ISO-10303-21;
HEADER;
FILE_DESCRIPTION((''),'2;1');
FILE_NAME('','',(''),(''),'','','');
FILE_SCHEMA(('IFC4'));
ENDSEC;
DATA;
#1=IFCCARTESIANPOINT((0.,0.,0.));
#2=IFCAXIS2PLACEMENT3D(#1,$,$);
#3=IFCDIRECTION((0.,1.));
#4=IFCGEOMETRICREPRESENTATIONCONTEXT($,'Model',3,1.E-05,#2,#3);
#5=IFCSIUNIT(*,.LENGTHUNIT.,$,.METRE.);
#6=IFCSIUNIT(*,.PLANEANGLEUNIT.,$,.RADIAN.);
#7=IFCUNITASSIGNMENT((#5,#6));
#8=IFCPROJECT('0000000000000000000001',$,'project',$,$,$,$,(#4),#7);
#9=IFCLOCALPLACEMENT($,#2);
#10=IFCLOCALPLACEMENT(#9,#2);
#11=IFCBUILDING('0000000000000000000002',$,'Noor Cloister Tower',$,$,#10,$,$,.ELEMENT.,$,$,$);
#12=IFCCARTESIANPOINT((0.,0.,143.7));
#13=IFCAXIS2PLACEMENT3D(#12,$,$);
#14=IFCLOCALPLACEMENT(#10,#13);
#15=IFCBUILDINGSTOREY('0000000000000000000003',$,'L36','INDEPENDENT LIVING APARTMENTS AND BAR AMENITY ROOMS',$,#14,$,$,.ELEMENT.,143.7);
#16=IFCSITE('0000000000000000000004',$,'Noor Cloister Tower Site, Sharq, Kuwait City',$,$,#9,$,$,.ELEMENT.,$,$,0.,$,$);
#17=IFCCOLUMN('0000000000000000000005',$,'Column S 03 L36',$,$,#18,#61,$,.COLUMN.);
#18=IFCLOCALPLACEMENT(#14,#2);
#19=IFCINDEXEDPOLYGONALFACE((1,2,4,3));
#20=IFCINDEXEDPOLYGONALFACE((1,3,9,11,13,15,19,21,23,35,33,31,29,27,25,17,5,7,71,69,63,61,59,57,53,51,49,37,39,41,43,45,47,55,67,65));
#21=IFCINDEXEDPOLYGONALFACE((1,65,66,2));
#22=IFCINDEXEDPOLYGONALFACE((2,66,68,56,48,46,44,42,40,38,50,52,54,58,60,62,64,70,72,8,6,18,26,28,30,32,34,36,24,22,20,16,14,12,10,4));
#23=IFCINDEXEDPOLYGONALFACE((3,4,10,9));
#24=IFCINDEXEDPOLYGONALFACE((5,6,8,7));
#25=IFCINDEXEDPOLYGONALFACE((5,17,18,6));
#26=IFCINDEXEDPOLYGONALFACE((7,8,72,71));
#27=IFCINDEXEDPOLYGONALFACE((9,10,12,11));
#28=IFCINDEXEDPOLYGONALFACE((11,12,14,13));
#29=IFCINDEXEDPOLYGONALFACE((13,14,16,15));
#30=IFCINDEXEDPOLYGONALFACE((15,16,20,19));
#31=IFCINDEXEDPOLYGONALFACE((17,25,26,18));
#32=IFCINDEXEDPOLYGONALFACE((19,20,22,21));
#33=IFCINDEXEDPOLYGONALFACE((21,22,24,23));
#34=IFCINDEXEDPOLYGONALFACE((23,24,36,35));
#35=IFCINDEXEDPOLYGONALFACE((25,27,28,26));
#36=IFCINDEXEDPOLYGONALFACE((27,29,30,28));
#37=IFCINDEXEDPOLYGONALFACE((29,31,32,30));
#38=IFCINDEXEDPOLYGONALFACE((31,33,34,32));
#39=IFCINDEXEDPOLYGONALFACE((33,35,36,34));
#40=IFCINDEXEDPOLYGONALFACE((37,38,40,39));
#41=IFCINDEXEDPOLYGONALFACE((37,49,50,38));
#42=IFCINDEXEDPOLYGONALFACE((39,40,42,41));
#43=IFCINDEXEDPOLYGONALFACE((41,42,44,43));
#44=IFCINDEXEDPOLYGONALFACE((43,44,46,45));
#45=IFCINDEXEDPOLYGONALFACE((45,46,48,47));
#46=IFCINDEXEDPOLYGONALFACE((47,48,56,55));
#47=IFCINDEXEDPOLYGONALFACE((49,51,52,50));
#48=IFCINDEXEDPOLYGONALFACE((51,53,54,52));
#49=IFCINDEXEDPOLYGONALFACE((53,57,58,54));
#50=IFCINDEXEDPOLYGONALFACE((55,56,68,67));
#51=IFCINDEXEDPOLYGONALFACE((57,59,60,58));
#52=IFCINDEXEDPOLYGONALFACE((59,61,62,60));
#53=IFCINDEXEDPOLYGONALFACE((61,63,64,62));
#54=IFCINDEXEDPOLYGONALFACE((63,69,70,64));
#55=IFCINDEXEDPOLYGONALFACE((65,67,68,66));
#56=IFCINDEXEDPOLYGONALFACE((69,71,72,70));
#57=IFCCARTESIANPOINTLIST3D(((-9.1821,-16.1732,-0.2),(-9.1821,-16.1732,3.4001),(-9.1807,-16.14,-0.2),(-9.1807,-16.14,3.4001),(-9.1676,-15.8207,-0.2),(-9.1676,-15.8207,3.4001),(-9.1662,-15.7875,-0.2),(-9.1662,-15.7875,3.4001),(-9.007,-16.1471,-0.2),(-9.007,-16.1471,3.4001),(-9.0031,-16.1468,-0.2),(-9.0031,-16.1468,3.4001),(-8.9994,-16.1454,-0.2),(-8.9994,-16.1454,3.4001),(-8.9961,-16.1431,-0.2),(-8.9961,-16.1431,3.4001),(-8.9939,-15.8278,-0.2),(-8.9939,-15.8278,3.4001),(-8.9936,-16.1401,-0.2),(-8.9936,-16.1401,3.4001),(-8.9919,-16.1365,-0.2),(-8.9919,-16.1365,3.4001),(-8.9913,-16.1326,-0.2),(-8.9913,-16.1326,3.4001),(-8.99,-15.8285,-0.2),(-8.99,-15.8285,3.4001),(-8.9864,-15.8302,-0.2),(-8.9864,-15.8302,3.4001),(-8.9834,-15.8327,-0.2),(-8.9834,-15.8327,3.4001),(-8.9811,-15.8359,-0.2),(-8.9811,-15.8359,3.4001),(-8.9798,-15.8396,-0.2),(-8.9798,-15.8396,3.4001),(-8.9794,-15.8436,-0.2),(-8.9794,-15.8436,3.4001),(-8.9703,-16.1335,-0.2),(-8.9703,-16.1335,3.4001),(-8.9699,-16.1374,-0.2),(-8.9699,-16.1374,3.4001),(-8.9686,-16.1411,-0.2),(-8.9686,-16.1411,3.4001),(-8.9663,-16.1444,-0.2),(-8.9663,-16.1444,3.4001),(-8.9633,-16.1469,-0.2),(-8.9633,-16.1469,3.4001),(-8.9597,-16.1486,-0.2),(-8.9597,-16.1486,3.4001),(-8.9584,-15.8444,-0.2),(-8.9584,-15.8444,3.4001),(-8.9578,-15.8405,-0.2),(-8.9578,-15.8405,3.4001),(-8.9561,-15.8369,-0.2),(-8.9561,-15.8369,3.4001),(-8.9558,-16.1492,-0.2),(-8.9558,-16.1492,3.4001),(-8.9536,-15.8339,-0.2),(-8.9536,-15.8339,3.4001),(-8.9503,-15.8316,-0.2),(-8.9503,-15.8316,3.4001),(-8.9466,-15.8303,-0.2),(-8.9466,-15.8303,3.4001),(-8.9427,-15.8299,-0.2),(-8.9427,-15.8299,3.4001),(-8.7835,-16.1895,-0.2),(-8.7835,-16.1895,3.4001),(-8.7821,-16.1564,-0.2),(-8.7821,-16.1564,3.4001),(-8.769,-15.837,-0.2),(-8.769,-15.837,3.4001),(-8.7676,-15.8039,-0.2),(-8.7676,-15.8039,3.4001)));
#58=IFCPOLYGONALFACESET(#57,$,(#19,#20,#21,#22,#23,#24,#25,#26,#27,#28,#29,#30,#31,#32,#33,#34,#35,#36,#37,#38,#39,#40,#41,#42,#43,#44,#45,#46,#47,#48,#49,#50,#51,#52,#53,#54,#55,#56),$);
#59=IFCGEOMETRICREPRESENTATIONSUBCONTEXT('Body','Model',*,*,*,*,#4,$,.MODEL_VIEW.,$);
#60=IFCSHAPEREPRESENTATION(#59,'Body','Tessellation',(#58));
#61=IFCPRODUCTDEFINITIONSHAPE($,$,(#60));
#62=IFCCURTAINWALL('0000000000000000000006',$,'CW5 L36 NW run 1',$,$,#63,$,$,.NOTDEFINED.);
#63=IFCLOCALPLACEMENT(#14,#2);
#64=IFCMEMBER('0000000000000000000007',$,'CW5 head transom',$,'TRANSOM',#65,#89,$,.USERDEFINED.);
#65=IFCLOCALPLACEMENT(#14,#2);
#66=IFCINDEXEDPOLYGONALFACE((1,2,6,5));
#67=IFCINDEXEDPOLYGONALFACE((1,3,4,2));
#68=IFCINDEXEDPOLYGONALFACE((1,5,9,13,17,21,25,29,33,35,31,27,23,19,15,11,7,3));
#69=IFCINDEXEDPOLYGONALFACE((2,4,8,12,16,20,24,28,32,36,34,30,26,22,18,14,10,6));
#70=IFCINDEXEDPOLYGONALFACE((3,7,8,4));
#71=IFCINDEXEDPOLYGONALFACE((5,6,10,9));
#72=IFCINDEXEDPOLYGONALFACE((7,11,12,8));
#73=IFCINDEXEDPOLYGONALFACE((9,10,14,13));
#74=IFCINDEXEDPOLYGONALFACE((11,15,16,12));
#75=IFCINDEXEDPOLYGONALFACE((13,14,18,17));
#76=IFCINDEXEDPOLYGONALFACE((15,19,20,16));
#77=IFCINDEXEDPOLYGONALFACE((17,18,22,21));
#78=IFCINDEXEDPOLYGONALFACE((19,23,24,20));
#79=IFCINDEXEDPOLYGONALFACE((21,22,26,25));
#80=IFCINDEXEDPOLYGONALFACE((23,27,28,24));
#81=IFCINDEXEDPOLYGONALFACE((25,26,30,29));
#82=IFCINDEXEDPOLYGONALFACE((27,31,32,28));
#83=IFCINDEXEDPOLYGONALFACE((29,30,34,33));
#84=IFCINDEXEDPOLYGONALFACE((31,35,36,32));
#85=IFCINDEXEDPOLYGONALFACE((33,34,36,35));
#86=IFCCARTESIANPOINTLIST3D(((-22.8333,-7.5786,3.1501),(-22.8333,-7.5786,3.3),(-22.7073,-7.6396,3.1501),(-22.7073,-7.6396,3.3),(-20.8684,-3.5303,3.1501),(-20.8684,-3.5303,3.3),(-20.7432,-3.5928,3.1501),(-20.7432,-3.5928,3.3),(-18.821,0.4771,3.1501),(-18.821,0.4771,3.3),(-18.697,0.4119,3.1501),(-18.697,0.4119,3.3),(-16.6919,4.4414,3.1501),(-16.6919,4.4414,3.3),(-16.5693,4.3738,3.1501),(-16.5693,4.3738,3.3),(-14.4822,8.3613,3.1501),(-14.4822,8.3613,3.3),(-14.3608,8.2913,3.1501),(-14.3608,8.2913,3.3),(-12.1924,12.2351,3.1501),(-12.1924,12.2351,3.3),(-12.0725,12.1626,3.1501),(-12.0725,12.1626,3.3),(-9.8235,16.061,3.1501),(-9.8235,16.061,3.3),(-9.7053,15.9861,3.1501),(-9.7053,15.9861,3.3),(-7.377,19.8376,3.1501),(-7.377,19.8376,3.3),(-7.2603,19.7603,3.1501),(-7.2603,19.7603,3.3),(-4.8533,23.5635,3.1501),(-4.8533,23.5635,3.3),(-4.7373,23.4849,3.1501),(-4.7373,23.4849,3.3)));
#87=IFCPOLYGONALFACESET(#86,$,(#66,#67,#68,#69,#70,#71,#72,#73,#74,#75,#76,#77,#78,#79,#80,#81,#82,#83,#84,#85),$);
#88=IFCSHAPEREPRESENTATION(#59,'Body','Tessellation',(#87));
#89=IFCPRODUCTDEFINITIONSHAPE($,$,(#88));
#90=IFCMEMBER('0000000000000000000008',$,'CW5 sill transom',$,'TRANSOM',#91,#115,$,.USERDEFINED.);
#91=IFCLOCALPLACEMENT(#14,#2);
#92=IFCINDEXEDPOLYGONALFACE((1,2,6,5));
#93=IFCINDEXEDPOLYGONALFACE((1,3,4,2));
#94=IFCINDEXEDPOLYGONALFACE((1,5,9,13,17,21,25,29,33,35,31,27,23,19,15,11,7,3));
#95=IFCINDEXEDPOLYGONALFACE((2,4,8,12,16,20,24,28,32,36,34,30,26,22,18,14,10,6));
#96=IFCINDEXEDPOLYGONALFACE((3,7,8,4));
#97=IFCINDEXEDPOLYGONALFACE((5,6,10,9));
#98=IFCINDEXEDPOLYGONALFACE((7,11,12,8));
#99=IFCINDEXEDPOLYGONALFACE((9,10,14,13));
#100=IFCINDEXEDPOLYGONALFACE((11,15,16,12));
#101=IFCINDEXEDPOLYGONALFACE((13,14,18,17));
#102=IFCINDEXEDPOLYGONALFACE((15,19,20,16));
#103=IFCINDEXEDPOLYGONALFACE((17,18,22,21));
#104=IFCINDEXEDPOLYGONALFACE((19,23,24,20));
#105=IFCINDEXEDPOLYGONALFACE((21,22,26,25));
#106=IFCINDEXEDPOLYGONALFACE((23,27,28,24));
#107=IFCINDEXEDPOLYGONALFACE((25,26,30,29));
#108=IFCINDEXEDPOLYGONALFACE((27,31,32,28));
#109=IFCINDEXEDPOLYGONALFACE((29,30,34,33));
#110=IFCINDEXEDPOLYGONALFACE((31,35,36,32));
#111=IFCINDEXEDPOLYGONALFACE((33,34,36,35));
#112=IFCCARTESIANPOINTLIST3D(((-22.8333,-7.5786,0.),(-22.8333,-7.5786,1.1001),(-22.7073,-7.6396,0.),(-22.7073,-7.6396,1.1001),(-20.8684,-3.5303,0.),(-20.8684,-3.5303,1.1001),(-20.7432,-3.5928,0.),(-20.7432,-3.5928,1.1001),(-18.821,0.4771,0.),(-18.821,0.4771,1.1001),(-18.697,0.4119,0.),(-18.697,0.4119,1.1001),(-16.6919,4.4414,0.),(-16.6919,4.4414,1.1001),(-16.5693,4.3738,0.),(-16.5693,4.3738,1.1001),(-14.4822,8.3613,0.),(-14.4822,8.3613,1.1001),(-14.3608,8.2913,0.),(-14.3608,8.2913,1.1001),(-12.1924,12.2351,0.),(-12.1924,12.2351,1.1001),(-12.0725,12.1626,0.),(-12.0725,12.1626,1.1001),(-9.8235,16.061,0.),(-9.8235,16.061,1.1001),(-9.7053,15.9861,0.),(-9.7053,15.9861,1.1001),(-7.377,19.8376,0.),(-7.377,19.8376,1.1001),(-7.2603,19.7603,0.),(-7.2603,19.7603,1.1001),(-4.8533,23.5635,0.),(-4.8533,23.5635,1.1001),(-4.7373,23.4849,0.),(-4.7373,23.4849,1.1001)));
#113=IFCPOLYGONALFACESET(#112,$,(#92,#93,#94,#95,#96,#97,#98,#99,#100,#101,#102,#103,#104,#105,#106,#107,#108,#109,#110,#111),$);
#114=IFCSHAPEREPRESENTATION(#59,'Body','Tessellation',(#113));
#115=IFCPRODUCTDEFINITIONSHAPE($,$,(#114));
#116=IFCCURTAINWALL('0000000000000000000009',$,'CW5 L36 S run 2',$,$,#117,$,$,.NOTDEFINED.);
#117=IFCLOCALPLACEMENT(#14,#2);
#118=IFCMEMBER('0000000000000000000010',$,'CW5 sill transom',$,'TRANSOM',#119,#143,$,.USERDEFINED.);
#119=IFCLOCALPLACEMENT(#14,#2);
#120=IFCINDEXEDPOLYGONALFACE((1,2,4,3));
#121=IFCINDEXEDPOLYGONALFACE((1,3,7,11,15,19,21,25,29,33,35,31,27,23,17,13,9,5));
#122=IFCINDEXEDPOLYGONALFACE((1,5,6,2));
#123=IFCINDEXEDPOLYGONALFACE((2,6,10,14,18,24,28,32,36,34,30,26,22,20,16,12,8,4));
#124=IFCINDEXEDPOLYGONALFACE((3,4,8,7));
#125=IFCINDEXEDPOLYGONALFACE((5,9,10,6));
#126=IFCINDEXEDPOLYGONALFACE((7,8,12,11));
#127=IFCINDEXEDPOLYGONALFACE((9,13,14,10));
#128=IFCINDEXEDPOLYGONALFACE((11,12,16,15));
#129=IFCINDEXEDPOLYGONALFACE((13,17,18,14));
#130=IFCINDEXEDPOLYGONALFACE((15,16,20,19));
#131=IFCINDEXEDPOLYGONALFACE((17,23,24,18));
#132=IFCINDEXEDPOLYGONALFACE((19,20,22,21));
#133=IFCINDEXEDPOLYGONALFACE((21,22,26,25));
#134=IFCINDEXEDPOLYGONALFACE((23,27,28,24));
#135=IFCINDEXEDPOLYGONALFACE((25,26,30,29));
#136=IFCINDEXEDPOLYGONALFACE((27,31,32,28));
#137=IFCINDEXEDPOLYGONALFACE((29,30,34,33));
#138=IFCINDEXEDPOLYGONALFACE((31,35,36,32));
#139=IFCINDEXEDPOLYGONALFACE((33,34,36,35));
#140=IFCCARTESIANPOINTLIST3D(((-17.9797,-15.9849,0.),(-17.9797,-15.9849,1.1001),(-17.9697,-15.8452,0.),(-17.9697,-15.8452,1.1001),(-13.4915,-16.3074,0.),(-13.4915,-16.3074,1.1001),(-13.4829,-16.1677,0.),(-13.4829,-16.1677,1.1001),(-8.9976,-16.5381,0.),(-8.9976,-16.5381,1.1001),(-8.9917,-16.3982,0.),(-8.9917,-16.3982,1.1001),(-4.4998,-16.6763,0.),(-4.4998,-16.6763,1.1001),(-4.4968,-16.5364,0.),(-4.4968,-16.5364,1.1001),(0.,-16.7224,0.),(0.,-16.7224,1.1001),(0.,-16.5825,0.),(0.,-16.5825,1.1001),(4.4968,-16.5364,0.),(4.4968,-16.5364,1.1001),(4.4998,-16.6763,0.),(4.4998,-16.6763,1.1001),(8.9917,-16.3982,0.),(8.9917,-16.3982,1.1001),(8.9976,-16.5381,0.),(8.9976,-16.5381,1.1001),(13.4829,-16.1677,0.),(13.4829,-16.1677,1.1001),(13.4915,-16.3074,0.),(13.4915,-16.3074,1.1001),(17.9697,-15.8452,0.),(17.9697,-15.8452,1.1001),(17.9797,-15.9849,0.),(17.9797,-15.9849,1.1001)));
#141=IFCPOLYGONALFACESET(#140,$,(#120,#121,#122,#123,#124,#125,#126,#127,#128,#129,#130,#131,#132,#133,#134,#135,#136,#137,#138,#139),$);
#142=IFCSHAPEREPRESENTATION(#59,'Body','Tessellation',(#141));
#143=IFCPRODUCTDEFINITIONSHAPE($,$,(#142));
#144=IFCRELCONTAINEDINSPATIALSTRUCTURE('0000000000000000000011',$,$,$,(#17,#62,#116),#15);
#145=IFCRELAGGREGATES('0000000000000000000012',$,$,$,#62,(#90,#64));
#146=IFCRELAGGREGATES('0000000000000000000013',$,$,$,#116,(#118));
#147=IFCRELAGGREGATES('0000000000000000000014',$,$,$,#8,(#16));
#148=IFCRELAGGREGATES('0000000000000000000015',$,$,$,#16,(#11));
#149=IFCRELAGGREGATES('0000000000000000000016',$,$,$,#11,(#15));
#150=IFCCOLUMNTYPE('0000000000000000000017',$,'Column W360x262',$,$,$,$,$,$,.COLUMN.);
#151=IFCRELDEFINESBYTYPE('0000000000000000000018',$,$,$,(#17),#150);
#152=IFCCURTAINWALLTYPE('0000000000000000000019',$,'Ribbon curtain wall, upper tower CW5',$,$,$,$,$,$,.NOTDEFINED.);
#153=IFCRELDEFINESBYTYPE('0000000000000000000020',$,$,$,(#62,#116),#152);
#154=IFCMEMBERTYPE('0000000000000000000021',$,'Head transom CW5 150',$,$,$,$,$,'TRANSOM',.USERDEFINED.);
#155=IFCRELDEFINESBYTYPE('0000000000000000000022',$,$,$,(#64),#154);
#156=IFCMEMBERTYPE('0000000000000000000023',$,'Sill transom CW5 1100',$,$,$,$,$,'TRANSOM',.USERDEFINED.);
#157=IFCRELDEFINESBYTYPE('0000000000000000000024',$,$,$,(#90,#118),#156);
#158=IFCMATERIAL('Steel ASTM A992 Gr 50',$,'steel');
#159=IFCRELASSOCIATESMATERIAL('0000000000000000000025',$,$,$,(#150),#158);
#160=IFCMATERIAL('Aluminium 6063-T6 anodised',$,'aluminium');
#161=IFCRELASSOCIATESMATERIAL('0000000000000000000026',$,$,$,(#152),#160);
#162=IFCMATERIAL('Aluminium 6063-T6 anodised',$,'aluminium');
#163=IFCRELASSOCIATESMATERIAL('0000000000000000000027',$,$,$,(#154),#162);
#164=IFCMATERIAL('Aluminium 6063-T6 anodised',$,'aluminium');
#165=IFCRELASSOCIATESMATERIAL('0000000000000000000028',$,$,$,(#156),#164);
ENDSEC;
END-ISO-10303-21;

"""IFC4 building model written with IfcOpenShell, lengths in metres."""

from ifc_helpers import new_model, si_unit, direction, frame, origin, origin_2d, place, context, subcontext, project, spatial, polyline, i_section, outline, extrude, material, material_profile, profile_set, type_object, element, aggregate, save


model = new_model("IFC4")

# Units and contexts
model_context = context("Model", 3, precision=1e-05, world=origin(), true_north=direction((0.0, 1.0)))
body_context = subcontext(model_context, "Body", "Model", "MODEL_VIEW")
ifc_project = project(units=[si_unit("LENGTHUNIT", "METRE"), si_unit("PLANEANGLEUNIT", "RADIAN")], contexts=[model_context])

# Site, building, storey
site_placement = place(None, origin())
site = spatial("IfcSite", under=ifc_project, at=site_placement, Name="Noor Cloister Tower Site, Sharq, Kuwait City", CompositionType="ELEMENT", RefElevation=0.0)
building_placement = place(site_placement, origin())
building = spatial("IfcBuilding", under=site, at=building_placement, Name="Noor Cloister Tower", CompositionType="ELEMENT")
storey_placement = place(building_placement, frame((0.0, 0.0, 143.7)))
storey = spatial("IfcBuildingStorey", under=building, at=storey_placement, Name="L36", Description="INDEPENDENT LIVING APARTMENTS AND BAR AMENITY ROOMS", CompositionType="ELEMENT", Elevation=143.7)

# Column
ifc_material_1 = material(Name="Steel ASTM A992 Gr 50", Category="steel")
ifc_material_profile = material_profile(ifc_material_1, i_section(OverallWidth=0.3989, OverallDepth=0.386, WebThickness=0.021, FlangeThickness=0.0332, FilletRadius=0.0151, at=origin_2d()), Name="W360x262")
ifc_profile_set = profile_set([ifc_material_profile], Name="Steel ASTM A992 Gr 50")
column_type = type_object("IfcColumnType", Name="Column W360x262", PredefinedType="COLUMN", material=ifc_profile_set)
column_placement = place(storey_placement, frame((-8.9749, -15.9885, -0.2), z_axis=(0.0, 0.0, 1.0), x_axis=(0.999159, -0.040995, 0.0)))
element("IfcColumn", 1, at=column_placement, inside=storey, type_object=column_type, Name="Column S 03 L36", PredefinedType="COLUMN", context=body_context, shape_type="SweptSolid", body=[
    extrude(i_section(OverallWidth=0.3989, OverallDepth=0.386, WebThickness=0.021, FlangeThickness=0.0332, FilletRadius=0.0151, at=origin_2d()), origin(), (0.0, 0.0, 1.0), 3.6001),
])

# Curtain wall, members
ifc_material_2 = material(Name="Aluminium 6063-T6 anodised", Category="aluminium")
curtain_wall_type = type_object("IfcCurtainWallType", Name="Ribbon curtain wall, upper tower CW5", PredefinedType="NOTDEFINED", material=ifc_material_2)
curtain_wall_1_placement = place(storey_placement, origin())
curtain_wall_1 = element("IfcCurtainWall", 2, at=curtain_wall_1_placement, inside=storey, type_object=curtain_wall_type, Name="CW5 L36 NW run 1", PredefinedType="NOTDEFINED")
ifc_material_3 = material(Name="Aluminium 6063-T6 anodised", Category="aluminium")
member_type_1 = type_object("IfcMemberType", Name="Head transom CW5 150", ElementType="TRANSOM", PredefinedType="USERDEFINED", material=ifc_material_3)
member_1_placement = place(storey_placement, frame((0.0, 0.0, 3.1501)))
member_1 = element("IfcMember", 3, at=member_1_placement, type_object=member_type_1, Name="CW5 head transom", ObjectType="TRANSOM", PredefinedType="USERDEFINED", context=body_context, shape_type="SweptSolid", body=[
    extrude(outline(polyline([(-4.8533, 23.5635), (-7.377, 19.8376), (-9.8235, 16.061), (-12.1924, 12.2351), (-14.4822, 8.3613), (-16.6919, 4.4414), (-18.821, 0.4771), (-20.8684, -3.5303), (-22.8333, -7.5786), (-22.7073, -7.6396), (-20.7432, -3.5928), (-18.697, 0.4119), (-16.5693, 4.3738), (-14.3608, 8.2913), (-12.0725, 12.1626), (-9.7053, 15.9861), (-7.2603, 19.7603), (-4.7373, 23.4849), (-4.8533, 23.5635)])), origin(), (0.0, 0.0, 1.0), 0.1499),
])
ifc_material_4 = material(Name="Aluminium 6063-T6 anodised", Category="aluminium")
member_type_2 = type_object("IfcMemberType", Name="Sill transom CW5 1100", ElementType="TRANSOM", PredefinedType="USERDEFINED", material=ifc_material_4)
member_2_placement = place(storey_placement, origin())
member_2 = element("IfcMember", 4, at=member_2_placement, type_object=member_type_2, Name="CW5 sill transom", ObjectType="TRANSOM", PredefinedType="USERDEFINED", context=body_context, shape_type="SweptSolid", body=[
    extrude(outline(polyline([(-4.8533, 23.5635), (-7.377, 19.8376), (-9.8235, 16.061), (-12.1924, 12.2351), (-14.4822, 8.3613), (-16.6919, 4.4414), (-18.821, 0.4771), (-20.8684, -3.5303), (-22.8333, -7.5786), (-22.7073, -7.6396), (-20.7432, -3.5928), (-18.697, 0.4119), (-16.5693, 4.3738), (-14.3608, 8.2913), (-12.0725, 12.1626), (-9.7053, 15.9861), (-7.2603, 19.7603), (-4.7373, 23.4849), (-4.8533, 23.5635)])), origin(), (0.0, 0.0, 1.0), 1.1001),
])
aggregate(curtain_wall_1, [member_2, member_1])

# Curtain wall, member
curtain_wall_2_placement = place(storey_placement, origin())
curtain_wall_2 = element("IfcCurtainWall", 5, at=curtain_wall_2_placement, inside=storey, type_object=curtain_wall_type, Name="CW5 L36 S run 2", PredefinedType="NOTDEFINED")
member_3_placement = place(storey_placement, origin())
member_3 = element("IfcMember", 6, at=member_3_placement, type_object=member_type_2, Name="CW5 sill transom", ObjectType="TRANSOM", PredefinedType="USERDEFINED", context=body_context, shape_type="SweptSolid", body=[
    extrude(outline(polyline([(-17.9797, -15.9849), (-13.4915, -16.3074), (-8.9976, -16.5381), (-4.4998, -16.6763), (0.0, -16.7224), (4.4998, -16.6763), (8.9976, -16.5381), (13.4915, -16.3074), (17.9797, -15.9849), (17.9697, -15.8452), (13.4829, -16.1677), (8.9917, -16.3982), (4.4968, -16.5364), (0.0, -16.5825), (-4.4968, -16.5364), (-8.9917, -16.3982), (-13.4829, -16.1677), (-17.9697, -15.8452), (-17.9797, -15.9849)])), origin(), (0.0, 0.0, 1.0), 1.1001),
])
aggregate(curtain_wall_2, [member_3])

save(model, "model.ifc")
